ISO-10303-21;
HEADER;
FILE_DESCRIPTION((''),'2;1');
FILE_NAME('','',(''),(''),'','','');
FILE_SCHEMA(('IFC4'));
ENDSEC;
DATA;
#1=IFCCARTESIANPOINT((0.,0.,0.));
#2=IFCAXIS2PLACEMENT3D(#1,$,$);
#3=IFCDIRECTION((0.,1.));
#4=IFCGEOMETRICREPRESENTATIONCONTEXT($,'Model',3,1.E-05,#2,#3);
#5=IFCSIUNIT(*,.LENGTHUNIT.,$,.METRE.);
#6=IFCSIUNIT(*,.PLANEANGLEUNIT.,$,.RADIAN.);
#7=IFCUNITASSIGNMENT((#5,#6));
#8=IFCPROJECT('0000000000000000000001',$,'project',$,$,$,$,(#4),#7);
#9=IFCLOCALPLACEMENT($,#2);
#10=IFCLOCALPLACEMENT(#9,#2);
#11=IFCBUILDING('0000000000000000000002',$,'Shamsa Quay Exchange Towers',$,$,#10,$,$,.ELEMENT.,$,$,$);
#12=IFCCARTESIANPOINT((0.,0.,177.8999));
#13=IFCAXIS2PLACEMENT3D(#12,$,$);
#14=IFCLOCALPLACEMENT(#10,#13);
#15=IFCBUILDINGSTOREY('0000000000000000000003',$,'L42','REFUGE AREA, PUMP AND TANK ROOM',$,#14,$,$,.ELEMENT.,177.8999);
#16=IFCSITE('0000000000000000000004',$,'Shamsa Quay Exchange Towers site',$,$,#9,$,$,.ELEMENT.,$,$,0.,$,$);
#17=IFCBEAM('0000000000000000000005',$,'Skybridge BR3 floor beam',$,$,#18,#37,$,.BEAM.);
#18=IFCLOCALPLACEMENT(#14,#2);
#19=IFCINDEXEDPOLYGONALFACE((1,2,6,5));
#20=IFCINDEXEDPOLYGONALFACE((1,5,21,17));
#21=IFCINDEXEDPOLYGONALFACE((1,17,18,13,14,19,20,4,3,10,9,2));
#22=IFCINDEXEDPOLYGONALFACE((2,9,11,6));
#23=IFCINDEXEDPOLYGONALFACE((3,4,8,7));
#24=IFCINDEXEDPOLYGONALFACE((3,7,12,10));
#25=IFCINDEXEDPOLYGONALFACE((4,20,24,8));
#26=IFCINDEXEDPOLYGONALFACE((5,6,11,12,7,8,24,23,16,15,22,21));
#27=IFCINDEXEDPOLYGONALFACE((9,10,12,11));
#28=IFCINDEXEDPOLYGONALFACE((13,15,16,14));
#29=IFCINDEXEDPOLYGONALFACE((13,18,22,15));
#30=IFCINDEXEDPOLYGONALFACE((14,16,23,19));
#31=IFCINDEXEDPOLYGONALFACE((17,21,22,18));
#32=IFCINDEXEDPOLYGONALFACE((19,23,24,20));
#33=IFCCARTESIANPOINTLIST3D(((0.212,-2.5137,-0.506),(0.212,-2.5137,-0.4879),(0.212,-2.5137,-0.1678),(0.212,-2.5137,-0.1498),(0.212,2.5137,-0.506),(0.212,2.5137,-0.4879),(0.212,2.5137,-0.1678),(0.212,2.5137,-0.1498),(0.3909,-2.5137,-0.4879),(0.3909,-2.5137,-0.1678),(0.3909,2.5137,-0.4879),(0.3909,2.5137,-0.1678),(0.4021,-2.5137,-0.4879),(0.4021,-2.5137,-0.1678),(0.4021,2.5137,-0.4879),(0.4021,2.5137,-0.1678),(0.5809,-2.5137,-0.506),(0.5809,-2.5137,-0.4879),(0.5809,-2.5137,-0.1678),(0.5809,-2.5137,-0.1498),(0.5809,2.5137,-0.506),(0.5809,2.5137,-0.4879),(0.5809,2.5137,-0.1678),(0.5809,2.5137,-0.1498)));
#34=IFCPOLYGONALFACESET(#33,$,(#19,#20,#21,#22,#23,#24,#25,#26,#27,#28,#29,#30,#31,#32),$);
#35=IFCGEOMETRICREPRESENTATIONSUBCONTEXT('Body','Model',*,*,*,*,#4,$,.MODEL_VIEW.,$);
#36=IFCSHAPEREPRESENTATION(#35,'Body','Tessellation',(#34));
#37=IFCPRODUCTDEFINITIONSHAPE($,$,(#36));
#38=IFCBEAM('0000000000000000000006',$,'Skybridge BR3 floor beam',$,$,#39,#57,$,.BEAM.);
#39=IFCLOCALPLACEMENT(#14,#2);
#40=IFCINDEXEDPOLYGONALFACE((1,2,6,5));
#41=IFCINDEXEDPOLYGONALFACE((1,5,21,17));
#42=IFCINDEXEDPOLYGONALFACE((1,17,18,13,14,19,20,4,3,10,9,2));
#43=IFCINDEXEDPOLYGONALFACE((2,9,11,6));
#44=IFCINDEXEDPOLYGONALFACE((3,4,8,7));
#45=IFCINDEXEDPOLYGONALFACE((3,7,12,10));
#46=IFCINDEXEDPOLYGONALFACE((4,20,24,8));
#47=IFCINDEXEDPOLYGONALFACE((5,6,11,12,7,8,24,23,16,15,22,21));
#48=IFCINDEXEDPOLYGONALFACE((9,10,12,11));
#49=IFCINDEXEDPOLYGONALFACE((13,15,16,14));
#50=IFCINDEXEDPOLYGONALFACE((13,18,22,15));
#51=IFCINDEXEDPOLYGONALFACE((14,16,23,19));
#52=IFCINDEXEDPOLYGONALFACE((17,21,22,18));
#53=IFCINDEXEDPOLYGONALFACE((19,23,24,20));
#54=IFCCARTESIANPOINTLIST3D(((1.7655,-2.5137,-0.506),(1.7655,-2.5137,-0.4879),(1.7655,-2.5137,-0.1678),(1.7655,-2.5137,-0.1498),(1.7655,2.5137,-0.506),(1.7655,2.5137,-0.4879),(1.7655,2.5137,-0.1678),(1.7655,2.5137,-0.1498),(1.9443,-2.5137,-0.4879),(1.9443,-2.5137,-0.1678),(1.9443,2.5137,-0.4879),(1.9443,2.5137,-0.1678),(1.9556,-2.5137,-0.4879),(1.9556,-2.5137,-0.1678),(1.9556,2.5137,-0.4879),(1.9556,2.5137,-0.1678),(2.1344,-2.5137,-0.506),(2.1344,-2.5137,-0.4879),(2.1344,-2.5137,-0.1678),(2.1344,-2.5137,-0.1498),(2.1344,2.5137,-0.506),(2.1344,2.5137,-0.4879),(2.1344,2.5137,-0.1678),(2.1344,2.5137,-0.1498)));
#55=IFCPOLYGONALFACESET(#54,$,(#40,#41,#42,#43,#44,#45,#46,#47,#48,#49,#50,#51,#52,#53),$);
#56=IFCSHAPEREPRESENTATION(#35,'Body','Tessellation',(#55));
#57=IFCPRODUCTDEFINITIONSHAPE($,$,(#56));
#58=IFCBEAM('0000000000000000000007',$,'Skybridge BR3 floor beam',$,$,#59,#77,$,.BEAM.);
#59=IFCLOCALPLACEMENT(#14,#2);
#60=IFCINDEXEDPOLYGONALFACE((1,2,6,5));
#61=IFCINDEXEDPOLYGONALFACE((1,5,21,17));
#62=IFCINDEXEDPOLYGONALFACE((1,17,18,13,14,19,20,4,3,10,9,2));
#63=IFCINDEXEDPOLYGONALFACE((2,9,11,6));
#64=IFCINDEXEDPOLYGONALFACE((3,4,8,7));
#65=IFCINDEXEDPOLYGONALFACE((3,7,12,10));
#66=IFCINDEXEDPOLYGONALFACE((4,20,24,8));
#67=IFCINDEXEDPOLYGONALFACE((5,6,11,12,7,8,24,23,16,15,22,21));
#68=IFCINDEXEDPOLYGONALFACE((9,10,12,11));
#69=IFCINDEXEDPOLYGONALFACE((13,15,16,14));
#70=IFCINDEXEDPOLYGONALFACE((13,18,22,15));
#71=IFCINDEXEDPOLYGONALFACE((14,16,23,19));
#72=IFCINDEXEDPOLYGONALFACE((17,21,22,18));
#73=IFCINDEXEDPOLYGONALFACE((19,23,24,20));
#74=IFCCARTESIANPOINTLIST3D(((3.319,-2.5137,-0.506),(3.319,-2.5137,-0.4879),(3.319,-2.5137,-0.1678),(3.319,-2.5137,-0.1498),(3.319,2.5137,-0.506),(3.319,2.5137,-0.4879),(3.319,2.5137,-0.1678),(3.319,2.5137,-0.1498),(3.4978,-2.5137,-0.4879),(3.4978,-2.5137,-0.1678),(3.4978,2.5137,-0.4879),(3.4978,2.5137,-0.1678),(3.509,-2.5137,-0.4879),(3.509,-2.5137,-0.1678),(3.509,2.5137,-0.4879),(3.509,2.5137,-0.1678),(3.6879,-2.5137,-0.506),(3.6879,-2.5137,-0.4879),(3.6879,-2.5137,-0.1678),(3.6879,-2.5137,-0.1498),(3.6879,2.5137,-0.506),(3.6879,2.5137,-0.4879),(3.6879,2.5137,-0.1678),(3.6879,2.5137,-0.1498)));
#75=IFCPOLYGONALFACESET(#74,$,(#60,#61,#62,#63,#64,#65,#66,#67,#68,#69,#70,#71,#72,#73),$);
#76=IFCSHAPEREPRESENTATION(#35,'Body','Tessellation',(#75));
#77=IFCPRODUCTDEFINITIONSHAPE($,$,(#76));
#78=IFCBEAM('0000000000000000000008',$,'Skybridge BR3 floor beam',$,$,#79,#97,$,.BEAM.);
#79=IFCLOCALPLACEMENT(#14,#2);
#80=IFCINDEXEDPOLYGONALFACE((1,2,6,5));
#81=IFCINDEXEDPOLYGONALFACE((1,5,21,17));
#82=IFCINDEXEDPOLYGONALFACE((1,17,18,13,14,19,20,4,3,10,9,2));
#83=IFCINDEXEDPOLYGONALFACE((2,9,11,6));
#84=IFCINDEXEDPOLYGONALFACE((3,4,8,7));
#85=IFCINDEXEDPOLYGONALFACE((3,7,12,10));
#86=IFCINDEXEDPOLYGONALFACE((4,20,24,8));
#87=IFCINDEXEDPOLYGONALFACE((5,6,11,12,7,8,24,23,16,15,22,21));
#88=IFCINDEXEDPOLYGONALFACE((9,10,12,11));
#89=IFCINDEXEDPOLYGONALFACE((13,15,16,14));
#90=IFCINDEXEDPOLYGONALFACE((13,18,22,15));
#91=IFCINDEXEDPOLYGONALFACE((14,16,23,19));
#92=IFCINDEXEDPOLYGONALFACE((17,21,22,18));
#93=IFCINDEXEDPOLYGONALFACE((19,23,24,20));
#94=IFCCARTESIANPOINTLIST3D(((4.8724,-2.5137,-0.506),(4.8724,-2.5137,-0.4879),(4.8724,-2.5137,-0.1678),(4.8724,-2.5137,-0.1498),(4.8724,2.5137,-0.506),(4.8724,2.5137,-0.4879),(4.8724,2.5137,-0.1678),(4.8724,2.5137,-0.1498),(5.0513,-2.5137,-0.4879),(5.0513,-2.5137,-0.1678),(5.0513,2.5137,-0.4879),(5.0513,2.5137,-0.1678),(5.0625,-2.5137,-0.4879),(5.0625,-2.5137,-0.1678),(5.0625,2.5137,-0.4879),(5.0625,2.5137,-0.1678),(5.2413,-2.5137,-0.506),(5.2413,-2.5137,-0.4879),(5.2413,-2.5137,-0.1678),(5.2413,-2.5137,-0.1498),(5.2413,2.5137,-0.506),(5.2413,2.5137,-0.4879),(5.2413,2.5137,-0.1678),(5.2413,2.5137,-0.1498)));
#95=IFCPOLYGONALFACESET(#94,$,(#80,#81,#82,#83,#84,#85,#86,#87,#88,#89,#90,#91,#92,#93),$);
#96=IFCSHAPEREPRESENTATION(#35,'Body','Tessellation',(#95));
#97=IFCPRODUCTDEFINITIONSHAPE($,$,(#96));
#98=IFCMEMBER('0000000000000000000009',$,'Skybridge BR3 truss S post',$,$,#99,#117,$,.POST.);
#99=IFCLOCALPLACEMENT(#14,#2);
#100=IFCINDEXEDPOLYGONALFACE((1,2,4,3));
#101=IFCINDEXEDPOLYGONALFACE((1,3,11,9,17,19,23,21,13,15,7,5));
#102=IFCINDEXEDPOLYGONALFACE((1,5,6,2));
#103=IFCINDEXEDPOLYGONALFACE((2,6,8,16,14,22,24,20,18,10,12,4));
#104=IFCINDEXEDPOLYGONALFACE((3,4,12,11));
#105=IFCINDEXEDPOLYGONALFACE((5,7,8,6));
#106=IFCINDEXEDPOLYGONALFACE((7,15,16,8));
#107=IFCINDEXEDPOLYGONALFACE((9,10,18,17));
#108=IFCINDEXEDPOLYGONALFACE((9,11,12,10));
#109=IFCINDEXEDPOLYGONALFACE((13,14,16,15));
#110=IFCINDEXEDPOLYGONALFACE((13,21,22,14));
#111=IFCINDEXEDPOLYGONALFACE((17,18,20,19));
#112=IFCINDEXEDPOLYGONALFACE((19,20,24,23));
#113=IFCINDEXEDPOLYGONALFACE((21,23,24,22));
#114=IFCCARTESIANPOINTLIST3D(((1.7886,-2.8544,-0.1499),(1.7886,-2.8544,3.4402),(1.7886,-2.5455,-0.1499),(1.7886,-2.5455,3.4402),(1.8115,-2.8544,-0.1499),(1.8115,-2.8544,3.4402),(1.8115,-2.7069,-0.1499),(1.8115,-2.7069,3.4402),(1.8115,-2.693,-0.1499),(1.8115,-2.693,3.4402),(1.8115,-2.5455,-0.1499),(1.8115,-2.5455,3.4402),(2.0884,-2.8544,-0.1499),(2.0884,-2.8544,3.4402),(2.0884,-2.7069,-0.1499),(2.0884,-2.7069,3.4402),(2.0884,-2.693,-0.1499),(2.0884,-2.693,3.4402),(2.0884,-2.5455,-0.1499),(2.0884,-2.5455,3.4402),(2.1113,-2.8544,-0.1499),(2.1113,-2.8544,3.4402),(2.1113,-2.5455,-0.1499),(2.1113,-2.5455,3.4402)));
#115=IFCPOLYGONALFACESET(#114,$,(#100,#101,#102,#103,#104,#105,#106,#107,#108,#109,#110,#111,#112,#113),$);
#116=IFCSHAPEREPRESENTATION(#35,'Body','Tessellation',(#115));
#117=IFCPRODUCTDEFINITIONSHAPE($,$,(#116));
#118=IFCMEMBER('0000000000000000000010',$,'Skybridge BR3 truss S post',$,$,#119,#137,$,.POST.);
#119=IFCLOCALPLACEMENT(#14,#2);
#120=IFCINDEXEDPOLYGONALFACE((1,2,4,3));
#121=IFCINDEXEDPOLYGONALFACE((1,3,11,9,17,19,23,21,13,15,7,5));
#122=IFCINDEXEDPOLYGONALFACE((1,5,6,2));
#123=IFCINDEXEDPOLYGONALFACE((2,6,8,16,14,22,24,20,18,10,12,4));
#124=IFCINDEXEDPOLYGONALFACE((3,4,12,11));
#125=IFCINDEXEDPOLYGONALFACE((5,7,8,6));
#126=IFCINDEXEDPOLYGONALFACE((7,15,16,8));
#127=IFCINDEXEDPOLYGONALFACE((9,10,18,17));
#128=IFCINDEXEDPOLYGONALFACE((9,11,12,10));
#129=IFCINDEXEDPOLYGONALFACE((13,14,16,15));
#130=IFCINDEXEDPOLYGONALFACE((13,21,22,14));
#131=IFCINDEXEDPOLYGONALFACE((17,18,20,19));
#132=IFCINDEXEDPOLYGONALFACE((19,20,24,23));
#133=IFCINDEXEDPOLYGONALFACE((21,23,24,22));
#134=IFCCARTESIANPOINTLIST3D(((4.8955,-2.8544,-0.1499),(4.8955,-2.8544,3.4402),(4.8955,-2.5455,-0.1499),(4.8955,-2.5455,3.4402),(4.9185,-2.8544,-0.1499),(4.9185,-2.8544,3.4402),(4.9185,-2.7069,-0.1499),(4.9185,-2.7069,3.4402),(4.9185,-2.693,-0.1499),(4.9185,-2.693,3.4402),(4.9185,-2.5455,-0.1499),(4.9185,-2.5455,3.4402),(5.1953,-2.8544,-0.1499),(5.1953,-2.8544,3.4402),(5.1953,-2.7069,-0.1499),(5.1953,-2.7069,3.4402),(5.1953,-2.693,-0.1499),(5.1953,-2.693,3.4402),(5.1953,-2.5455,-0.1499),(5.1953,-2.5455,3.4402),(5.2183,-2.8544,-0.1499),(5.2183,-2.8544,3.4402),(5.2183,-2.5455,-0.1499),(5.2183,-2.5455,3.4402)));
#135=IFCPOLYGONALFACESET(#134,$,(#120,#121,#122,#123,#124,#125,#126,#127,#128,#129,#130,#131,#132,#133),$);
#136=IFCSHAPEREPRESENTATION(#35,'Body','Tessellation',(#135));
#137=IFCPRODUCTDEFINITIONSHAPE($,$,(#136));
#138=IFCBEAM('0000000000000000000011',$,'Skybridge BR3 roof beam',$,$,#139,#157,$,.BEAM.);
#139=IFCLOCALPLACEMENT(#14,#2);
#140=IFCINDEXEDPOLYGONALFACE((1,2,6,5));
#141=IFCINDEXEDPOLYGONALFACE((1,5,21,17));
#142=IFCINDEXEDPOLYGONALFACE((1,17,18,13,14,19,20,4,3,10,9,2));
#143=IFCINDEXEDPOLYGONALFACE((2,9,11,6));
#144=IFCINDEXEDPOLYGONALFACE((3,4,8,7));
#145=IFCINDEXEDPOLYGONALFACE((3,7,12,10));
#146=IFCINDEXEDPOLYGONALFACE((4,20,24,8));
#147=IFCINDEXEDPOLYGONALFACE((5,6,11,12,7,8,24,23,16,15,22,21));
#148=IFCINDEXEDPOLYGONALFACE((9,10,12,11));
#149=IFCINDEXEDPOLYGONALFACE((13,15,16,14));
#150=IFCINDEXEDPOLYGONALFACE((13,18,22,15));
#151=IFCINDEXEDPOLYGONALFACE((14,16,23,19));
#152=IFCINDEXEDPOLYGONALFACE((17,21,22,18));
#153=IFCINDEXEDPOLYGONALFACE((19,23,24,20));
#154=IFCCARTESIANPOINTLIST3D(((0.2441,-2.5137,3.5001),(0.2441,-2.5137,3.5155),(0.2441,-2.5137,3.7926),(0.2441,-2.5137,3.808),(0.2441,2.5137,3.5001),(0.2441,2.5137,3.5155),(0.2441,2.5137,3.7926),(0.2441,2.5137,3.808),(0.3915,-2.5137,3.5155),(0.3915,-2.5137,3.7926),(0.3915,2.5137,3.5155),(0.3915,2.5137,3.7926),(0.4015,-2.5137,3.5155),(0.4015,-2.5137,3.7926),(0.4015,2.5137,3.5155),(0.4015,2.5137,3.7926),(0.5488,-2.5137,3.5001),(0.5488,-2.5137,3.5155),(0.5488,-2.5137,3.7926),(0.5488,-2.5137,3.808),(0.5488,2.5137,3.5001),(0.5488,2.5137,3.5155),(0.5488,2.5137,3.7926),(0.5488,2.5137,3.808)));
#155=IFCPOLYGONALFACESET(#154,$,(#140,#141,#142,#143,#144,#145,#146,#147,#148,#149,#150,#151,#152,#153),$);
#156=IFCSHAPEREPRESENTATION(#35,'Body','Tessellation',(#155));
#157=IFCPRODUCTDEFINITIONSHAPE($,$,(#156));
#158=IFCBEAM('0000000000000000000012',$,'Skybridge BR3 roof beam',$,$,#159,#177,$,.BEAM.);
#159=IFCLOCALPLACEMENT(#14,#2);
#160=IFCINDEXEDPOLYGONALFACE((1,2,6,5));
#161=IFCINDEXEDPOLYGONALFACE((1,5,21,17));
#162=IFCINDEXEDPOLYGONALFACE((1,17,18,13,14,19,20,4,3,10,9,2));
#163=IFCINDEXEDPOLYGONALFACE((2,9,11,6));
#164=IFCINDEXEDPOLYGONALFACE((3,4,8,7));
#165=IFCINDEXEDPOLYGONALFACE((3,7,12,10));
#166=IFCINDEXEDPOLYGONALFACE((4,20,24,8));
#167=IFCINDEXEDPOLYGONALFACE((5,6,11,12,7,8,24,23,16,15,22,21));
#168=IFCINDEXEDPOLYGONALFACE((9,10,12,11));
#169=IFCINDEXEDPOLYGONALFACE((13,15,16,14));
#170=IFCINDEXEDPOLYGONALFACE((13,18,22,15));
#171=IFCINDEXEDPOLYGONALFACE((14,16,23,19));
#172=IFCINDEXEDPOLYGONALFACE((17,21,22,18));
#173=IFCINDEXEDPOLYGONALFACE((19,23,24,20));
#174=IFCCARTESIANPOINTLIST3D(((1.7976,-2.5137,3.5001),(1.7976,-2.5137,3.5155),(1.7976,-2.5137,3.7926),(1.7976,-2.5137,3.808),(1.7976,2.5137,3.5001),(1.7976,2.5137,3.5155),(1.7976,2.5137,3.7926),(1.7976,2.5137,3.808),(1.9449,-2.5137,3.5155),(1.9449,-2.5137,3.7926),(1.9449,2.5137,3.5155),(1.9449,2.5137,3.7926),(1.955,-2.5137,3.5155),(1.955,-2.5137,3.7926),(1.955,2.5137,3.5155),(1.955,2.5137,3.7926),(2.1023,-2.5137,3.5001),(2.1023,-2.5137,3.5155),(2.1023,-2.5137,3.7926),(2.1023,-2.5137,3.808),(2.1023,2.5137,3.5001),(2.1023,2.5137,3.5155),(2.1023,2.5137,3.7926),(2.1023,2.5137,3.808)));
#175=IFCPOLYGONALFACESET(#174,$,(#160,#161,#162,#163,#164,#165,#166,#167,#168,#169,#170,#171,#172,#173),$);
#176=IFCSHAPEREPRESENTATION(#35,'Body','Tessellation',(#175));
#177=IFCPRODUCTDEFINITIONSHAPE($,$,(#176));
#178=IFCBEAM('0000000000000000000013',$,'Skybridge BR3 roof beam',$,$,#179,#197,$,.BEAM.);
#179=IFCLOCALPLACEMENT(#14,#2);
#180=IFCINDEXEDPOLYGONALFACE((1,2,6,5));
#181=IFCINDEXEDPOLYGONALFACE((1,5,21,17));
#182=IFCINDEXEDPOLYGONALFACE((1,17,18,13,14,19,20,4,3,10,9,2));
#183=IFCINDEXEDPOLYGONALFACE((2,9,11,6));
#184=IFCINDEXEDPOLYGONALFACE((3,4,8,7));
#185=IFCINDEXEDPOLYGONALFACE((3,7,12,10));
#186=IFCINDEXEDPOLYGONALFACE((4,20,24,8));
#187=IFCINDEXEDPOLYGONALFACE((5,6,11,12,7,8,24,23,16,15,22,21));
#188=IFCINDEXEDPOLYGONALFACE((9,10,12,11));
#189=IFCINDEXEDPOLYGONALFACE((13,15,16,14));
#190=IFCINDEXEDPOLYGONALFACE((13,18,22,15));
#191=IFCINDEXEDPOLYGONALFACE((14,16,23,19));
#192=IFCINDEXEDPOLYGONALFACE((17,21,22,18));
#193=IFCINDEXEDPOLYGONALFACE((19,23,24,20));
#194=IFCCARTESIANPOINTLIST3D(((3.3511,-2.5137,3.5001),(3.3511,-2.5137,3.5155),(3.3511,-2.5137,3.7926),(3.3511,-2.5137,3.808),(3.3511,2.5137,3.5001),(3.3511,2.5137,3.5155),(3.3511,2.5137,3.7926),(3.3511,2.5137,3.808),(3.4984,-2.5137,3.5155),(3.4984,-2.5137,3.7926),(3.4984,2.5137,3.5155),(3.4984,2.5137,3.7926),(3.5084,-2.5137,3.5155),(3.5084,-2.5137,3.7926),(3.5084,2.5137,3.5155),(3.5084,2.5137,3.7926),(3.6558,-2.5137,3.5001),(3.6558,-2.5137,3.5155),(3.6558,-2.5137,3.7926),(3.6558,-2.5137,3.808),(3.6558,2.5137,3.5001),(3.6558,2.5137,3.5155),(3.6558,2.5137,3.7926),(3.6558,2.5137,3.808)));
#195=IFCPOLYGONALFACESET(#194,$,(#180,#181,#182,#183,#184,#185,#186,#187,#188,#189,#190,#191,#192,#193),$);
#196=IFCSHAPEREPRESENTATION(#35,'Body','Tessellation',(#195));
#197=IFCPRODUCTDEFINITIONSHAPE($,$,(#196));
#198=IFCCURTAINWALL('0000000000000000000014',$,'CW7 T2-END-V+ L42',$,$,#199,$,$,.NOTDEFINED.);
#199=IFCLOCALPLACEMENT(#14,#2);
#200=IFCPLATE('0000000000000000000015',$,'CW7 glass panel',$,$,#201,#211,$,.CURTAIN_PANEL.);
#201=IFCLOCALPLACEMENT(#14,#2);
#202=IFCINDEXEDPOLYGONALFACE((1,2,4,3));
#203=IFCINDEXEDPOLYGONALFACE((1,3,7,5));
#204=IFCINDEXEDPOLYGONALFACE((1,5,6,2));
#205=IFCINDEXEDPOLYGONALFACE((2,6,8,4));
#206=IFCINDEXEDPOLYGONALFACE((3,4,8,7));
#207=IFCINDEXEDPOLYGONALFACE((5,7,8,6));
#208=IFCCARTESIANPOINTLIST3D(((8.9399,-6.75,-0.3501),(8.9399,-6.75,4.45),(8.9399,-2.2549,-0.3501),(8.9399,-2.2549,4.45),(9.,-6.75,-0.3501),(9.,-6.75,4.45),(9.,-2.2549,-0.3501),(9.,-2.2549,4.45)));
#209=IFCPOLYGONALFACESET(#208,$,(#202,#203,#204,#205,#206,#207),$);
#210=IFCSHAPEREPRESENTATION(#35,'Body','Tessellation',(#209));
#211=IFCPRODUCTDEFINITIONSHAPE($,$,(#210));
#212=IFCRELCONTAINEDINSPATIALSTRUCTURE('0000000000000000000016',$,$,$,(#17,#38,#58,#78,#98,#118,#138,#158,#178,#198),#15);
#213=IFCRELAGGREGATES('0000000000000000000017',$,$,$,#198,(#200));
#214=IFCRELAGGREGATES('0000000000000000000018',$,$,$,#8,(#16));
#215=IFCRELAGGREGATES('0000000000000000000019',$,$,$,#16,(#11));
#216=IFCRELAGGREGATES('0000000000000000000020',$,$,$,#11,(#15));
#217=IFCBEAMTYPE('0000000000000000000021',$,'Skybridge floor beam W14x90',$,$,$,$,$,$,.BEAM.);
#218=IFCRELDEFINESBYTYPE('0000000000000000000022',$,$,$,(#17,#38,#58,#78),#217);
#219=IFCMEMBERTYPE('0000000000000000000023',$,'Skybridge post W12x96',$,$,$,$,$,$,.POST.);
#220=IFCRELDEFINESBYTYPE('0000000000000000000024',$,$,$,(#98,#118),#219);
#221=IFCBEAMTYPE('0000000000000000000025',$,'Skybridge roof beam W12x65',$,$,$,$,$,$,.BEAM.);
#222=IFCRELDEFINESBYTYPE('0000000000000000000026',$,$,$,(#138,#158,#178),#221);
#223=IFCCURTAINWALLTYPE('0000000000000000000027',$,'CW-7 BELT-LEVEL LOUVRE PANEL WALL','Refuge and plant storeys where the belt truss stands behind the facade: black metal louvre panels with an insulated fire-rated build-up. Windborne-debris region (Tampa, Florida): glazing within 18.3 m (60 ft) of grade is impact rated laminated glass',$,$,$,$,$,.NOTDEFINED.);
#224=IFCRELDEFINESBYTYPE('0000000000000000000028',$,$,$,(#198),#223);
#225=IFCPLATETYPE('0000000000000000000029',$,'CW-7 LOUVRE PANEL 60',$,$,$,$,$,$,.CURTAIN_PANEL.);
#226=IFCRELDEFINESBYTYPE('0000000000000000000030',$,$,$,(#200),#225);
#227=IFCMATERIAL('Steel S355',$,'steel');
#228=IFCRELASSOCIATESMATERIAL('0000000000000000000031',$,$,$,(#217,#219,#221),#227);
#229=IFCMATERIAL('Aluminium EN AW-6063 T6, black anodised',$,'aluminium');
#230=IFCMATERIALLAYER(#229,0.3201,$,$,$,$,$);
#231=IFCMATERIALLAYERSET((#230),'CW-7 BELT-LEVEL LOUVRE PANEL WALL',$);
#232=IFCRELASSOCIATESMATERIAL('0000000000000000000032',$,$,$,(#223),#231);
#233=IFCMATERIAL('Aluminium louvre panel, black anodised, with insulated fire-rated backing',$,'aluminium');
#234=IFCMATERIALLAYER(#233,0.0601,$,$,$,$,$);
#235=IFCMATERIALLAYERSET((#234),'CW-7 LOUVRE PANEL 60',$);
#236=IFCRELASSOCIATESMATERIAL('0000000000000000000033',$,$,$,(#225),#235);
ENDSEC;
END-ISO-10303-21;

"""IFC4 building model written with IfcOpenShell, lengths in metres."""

from ifc_helpers import new_model, si_unit, direction, frame, origin, origin_2d, place, context, subcontext, project, spatial, rectangle, i_section, extrude, material, layer, layer_set, material_profile, profile_set, type_object, element, aggregate, save


model = new_model("IFC4")

# Units and contexts
model_context = context("Model", 3, precision=1e-05, world=origin(), true_north=direction((0.0, 1.0)))
body_context = subcontext(model_context, "Body", "Model", "MODEL_VIEW")
ifc_project = project(units=[si_unit("LENGTHUNIT", "METRE"), si_unit("PLANEANGLEUNIT", "RADIAN")], contexts=[model_context])

# Site, building, storey
site_placement = place(None, origin())
site = spatial("IfcSite", under=ifc_project, at=site_placement, Name="Shamsa Quay Exchange Towers site", CompositionType="ELEMENT", RefElevation=0.0)
building_placement = place(site_placement, origin())
building = spatial("IfcBuilding", under=site, at=building_placement, Name="Shamsa Quay Exchange Towers", CompositionType="ELEMENT")
storey_placement = place(building_placement, frame((0.0, 0.0, 177.8999)))
storey = spatial("IfcBuildingStorey", under=building, at=storey_placement, Name="L42", Description="REFUGE AREA, PUMP AND TANK ROOM", CompositionType="ELEMENT", Elevation=177.8999)

# Shared definitions
ifc_material_1 = material(Name="Steel S355", Category="steel")

# Beams
ifc_material_profile_1 = material_profile(ifc_material_1, i_section(OverallWidth=0.3689, OverallDepth=0.3562, WebThickness=0.0112, FlangeThickness=0.0181, at=origin_2d()), Name="W14x90")
ifc_profile_set_1 = profile_set([ifc_material_profile_1], Name="Steel S355")
beam_type_1 = type_object("IfcBeamType", Name="Skybridge floor beam W14x90", PredefinedType="BEAM", material=ifc_profile_set_1)
for number, where, z_axis, x_axis, name in (
    (1, (0.3965, -2.5137, -0.3279), (0.0, 1.0, 0.0), (-1.0, 0.0, 0.0), "Skybridge BR3 floor beam"),
    (2, (1.95, -2.5137, -0.3279), (0.0, 1.0, 0.0), (-1.0, 0.0, 0.0), "Skybridge BR3 floor beam"),
    (3, (3.5034, -2.5137, -0.3279), (0.0, 1.0, 0.0), (-1.0, 0.0, 0.0), "Skybridge BR3 floor beam"),
    (4, (5.0569, -2.5137, -0.3279), (0.0, 1.0, 0.0), (-1.0, 0.0, 0.0), "Skybridge BR3 floor beam"),
):
    element("IfcBeam", number, at=place(storey_placement, frame(where, z_axis=z_axis, x_axis=x_axis)), inside=storey, type_object=beam_type_1, Name=name, PredefinedType="BEAM", context=body_context, shape_type="SweptSolid", body=[
        extrude(i_section(OverallWidth=0.3689, OverallDepth=0.3562, WebThickness=0.0112, FlangeThickness=0.0181, at=origin_2d()), origin(), (0.0, 0.0, 1.0), 5.0273),
    ])

# Members
ifc_material_profile_2 = material_profile(ifc_material_1, i_section(OverallWidth=0.3088, OverallDepth=0.3228, WebThickness=0.0139, FlangeThickness=0.0229, at=origin_2d()), Name="W12x96")
ifc_profile_set_2 = profile_set([ifc_material_profile_2], Name="Steel S355")
member_type_1 = type_object("IfcMemberType", Name="Skybridge post W12x96", PredefinedType="POST", material=ifc_profile_set_2)
for number, where, z_axis, x_axis, name in (
    (5, (1.95, -2.7, -0.1499), (0.0, 0.0, 1.0), (0.0, 1.0, 0.0), "Skybridge BR3 truss S post"),
    (6, (5.0569, -2.7, -0.1499), (0.0, 0.0, 1.0), (0.0, 1.0, 0.0), "Skybridge BR3 truss S post"),
):
    element("IfcMember", number, at=place(storey_placement, frame(where, z_axis=z_axis, x_axis=x_axis)), inside=storey, type_object=member_type_1, Name=name, PredefinedType="POST", context=body_context, shape_type="SweptSolid", body=[
        extrude(i_section(OverallWidth=0.3088, OverallDepth=0.3228, WebThickness=0.0139, FlangeThickness=0.0229, at=origin_2d()), origin(), (0.0, 0.0, 1.0), 3.5901),
    ])

# Beams
ifc_material_profile_3 = material_profile(ifc_material_1, i_section(OverallWidth=0.3047, OverallDepth=0.3079, WebThickness=0.01, FlangeThickness=0.0154, at=origin_2d()), Name="W12x65")
ifc_profile_set_3 = profile_set([ifc_material_profile_3], Name="Steel S355")
beam_type_2 = type_object("IfcBeamType", Name="Skybridge roof beam W12x65", PredefinedType="BEAM", material=ifc_profile_set_3)
for number, where, z_axis, x_axis, name in (
    (7, (0.3965, -2.5137, 3.6541), (0.0, 1.0, 0.0), (-1.0, 0.0, 0.0), "Skybridge BR3 roof beam"),
    (8, (1.95, -2.5137, 3.6541), (0.0, 1.0, 0.0), (-1.0, 0.0, 0.0), "Skybridge BR3 roof beam"),
    (9, (3.5034, -2.5137, 3.6541), (0.0, 1.0, 0.0), (-1.0, 0.0, 0.0), "Skybridge BR3 roof beam"),
):
    element("IfcBeam", number, at=place(storey_placement, frame(where, z_axis=z_axis, x_axis=x_axis)), inside=storey, type_object=beam_type_2, Name=name, PredefinedType="BEAM", context=body_context, shape_type="SweptSolid", body=[
        extrude(i_section(OverallWidth=0.3047, OverallDepth=0.3079, WebThickness=0.01, FlangeThickness=0.0154, at=origin_2d()), origin(), (0.0, 0.0, 1.0), 5.0273),
    ])

# Curtain wall, plate
ifc_material_2 = material(Name="Aluminium EN AW-6063 T6, black anodised", Category="aluminium")
ifc_layer_1 = layer(ifc_material_2, 0.3201)
ifc_layer_set_1 = layer_set([ifc_layer_1], Name="CW-7 BELT-LEVEL LOUVRE PANEL WALL")
curtain_wall_type = type_object("IfcCurtainWallType", Name="CW-7 BELT-LEVEL LOUVRE PANEL WALL", Description="Refuge and plant storeys where the belt truss stands behind the facade: black metal louvre panels with an insulated fire-rated build-up. Windborne-debris region (Tampa, Florida): glazing within 18.3 m (60 ft) of grade is impact rated laminated glass", PredefinedType="NOTDEFINED", material=ifc_layer_set_1)
curtain_wall_1_placement = place(storey_placement, origin())
curtain_wall_1 = element("IfcCurtainWall", 10, at=curtain_wall_1_placement, inside=storey, type_object=curtain_wall_type, Name="CW7 T2-END-V+ L42", PredefinedType="NOTDEFINED")
ifc_material_3 = material(Name="Aluminium louvre panel, black anodised, with insulated fire-rated backing", Category="aluminium")
ifc_layer_2 = layer(ifc_material_3, 0.0601)
ifc_layer_set_2 = layer_set([ifc_layer_2], Name="CW-7 LOUVRE PANEL 60")
plate_type = type_object("IfcPlateType", Name="CW-7 LOUVRE PANEL 60", PredefinedType="CURTAIN_PANEL", material=ifc_layer_set_2)
plate_1_placement = place(storey_placement, frame((8.97, -4.5024, -0.3501), z_axis=(0.0, 0.0, 1.0), x_axis=(0.0, -1.0, 0.0)))
plate_1 = element("IfcPlate", 11, at=plate_1_placement, type_object=plate_type, Name="CW7 glass panel", PredefinedType="CURTAIN_PANEL", context=body_context, shape_type="SweptSolid", body=[
    extrude(rectangle(XDim=4.4951, YDim=0.0601, at=origin_2d()), origin(), (0.0, 0.0, 1.0), 4.8),
])
aggregate(curtain_wall_1, [plate_1])

save(model, "model.ifc")
